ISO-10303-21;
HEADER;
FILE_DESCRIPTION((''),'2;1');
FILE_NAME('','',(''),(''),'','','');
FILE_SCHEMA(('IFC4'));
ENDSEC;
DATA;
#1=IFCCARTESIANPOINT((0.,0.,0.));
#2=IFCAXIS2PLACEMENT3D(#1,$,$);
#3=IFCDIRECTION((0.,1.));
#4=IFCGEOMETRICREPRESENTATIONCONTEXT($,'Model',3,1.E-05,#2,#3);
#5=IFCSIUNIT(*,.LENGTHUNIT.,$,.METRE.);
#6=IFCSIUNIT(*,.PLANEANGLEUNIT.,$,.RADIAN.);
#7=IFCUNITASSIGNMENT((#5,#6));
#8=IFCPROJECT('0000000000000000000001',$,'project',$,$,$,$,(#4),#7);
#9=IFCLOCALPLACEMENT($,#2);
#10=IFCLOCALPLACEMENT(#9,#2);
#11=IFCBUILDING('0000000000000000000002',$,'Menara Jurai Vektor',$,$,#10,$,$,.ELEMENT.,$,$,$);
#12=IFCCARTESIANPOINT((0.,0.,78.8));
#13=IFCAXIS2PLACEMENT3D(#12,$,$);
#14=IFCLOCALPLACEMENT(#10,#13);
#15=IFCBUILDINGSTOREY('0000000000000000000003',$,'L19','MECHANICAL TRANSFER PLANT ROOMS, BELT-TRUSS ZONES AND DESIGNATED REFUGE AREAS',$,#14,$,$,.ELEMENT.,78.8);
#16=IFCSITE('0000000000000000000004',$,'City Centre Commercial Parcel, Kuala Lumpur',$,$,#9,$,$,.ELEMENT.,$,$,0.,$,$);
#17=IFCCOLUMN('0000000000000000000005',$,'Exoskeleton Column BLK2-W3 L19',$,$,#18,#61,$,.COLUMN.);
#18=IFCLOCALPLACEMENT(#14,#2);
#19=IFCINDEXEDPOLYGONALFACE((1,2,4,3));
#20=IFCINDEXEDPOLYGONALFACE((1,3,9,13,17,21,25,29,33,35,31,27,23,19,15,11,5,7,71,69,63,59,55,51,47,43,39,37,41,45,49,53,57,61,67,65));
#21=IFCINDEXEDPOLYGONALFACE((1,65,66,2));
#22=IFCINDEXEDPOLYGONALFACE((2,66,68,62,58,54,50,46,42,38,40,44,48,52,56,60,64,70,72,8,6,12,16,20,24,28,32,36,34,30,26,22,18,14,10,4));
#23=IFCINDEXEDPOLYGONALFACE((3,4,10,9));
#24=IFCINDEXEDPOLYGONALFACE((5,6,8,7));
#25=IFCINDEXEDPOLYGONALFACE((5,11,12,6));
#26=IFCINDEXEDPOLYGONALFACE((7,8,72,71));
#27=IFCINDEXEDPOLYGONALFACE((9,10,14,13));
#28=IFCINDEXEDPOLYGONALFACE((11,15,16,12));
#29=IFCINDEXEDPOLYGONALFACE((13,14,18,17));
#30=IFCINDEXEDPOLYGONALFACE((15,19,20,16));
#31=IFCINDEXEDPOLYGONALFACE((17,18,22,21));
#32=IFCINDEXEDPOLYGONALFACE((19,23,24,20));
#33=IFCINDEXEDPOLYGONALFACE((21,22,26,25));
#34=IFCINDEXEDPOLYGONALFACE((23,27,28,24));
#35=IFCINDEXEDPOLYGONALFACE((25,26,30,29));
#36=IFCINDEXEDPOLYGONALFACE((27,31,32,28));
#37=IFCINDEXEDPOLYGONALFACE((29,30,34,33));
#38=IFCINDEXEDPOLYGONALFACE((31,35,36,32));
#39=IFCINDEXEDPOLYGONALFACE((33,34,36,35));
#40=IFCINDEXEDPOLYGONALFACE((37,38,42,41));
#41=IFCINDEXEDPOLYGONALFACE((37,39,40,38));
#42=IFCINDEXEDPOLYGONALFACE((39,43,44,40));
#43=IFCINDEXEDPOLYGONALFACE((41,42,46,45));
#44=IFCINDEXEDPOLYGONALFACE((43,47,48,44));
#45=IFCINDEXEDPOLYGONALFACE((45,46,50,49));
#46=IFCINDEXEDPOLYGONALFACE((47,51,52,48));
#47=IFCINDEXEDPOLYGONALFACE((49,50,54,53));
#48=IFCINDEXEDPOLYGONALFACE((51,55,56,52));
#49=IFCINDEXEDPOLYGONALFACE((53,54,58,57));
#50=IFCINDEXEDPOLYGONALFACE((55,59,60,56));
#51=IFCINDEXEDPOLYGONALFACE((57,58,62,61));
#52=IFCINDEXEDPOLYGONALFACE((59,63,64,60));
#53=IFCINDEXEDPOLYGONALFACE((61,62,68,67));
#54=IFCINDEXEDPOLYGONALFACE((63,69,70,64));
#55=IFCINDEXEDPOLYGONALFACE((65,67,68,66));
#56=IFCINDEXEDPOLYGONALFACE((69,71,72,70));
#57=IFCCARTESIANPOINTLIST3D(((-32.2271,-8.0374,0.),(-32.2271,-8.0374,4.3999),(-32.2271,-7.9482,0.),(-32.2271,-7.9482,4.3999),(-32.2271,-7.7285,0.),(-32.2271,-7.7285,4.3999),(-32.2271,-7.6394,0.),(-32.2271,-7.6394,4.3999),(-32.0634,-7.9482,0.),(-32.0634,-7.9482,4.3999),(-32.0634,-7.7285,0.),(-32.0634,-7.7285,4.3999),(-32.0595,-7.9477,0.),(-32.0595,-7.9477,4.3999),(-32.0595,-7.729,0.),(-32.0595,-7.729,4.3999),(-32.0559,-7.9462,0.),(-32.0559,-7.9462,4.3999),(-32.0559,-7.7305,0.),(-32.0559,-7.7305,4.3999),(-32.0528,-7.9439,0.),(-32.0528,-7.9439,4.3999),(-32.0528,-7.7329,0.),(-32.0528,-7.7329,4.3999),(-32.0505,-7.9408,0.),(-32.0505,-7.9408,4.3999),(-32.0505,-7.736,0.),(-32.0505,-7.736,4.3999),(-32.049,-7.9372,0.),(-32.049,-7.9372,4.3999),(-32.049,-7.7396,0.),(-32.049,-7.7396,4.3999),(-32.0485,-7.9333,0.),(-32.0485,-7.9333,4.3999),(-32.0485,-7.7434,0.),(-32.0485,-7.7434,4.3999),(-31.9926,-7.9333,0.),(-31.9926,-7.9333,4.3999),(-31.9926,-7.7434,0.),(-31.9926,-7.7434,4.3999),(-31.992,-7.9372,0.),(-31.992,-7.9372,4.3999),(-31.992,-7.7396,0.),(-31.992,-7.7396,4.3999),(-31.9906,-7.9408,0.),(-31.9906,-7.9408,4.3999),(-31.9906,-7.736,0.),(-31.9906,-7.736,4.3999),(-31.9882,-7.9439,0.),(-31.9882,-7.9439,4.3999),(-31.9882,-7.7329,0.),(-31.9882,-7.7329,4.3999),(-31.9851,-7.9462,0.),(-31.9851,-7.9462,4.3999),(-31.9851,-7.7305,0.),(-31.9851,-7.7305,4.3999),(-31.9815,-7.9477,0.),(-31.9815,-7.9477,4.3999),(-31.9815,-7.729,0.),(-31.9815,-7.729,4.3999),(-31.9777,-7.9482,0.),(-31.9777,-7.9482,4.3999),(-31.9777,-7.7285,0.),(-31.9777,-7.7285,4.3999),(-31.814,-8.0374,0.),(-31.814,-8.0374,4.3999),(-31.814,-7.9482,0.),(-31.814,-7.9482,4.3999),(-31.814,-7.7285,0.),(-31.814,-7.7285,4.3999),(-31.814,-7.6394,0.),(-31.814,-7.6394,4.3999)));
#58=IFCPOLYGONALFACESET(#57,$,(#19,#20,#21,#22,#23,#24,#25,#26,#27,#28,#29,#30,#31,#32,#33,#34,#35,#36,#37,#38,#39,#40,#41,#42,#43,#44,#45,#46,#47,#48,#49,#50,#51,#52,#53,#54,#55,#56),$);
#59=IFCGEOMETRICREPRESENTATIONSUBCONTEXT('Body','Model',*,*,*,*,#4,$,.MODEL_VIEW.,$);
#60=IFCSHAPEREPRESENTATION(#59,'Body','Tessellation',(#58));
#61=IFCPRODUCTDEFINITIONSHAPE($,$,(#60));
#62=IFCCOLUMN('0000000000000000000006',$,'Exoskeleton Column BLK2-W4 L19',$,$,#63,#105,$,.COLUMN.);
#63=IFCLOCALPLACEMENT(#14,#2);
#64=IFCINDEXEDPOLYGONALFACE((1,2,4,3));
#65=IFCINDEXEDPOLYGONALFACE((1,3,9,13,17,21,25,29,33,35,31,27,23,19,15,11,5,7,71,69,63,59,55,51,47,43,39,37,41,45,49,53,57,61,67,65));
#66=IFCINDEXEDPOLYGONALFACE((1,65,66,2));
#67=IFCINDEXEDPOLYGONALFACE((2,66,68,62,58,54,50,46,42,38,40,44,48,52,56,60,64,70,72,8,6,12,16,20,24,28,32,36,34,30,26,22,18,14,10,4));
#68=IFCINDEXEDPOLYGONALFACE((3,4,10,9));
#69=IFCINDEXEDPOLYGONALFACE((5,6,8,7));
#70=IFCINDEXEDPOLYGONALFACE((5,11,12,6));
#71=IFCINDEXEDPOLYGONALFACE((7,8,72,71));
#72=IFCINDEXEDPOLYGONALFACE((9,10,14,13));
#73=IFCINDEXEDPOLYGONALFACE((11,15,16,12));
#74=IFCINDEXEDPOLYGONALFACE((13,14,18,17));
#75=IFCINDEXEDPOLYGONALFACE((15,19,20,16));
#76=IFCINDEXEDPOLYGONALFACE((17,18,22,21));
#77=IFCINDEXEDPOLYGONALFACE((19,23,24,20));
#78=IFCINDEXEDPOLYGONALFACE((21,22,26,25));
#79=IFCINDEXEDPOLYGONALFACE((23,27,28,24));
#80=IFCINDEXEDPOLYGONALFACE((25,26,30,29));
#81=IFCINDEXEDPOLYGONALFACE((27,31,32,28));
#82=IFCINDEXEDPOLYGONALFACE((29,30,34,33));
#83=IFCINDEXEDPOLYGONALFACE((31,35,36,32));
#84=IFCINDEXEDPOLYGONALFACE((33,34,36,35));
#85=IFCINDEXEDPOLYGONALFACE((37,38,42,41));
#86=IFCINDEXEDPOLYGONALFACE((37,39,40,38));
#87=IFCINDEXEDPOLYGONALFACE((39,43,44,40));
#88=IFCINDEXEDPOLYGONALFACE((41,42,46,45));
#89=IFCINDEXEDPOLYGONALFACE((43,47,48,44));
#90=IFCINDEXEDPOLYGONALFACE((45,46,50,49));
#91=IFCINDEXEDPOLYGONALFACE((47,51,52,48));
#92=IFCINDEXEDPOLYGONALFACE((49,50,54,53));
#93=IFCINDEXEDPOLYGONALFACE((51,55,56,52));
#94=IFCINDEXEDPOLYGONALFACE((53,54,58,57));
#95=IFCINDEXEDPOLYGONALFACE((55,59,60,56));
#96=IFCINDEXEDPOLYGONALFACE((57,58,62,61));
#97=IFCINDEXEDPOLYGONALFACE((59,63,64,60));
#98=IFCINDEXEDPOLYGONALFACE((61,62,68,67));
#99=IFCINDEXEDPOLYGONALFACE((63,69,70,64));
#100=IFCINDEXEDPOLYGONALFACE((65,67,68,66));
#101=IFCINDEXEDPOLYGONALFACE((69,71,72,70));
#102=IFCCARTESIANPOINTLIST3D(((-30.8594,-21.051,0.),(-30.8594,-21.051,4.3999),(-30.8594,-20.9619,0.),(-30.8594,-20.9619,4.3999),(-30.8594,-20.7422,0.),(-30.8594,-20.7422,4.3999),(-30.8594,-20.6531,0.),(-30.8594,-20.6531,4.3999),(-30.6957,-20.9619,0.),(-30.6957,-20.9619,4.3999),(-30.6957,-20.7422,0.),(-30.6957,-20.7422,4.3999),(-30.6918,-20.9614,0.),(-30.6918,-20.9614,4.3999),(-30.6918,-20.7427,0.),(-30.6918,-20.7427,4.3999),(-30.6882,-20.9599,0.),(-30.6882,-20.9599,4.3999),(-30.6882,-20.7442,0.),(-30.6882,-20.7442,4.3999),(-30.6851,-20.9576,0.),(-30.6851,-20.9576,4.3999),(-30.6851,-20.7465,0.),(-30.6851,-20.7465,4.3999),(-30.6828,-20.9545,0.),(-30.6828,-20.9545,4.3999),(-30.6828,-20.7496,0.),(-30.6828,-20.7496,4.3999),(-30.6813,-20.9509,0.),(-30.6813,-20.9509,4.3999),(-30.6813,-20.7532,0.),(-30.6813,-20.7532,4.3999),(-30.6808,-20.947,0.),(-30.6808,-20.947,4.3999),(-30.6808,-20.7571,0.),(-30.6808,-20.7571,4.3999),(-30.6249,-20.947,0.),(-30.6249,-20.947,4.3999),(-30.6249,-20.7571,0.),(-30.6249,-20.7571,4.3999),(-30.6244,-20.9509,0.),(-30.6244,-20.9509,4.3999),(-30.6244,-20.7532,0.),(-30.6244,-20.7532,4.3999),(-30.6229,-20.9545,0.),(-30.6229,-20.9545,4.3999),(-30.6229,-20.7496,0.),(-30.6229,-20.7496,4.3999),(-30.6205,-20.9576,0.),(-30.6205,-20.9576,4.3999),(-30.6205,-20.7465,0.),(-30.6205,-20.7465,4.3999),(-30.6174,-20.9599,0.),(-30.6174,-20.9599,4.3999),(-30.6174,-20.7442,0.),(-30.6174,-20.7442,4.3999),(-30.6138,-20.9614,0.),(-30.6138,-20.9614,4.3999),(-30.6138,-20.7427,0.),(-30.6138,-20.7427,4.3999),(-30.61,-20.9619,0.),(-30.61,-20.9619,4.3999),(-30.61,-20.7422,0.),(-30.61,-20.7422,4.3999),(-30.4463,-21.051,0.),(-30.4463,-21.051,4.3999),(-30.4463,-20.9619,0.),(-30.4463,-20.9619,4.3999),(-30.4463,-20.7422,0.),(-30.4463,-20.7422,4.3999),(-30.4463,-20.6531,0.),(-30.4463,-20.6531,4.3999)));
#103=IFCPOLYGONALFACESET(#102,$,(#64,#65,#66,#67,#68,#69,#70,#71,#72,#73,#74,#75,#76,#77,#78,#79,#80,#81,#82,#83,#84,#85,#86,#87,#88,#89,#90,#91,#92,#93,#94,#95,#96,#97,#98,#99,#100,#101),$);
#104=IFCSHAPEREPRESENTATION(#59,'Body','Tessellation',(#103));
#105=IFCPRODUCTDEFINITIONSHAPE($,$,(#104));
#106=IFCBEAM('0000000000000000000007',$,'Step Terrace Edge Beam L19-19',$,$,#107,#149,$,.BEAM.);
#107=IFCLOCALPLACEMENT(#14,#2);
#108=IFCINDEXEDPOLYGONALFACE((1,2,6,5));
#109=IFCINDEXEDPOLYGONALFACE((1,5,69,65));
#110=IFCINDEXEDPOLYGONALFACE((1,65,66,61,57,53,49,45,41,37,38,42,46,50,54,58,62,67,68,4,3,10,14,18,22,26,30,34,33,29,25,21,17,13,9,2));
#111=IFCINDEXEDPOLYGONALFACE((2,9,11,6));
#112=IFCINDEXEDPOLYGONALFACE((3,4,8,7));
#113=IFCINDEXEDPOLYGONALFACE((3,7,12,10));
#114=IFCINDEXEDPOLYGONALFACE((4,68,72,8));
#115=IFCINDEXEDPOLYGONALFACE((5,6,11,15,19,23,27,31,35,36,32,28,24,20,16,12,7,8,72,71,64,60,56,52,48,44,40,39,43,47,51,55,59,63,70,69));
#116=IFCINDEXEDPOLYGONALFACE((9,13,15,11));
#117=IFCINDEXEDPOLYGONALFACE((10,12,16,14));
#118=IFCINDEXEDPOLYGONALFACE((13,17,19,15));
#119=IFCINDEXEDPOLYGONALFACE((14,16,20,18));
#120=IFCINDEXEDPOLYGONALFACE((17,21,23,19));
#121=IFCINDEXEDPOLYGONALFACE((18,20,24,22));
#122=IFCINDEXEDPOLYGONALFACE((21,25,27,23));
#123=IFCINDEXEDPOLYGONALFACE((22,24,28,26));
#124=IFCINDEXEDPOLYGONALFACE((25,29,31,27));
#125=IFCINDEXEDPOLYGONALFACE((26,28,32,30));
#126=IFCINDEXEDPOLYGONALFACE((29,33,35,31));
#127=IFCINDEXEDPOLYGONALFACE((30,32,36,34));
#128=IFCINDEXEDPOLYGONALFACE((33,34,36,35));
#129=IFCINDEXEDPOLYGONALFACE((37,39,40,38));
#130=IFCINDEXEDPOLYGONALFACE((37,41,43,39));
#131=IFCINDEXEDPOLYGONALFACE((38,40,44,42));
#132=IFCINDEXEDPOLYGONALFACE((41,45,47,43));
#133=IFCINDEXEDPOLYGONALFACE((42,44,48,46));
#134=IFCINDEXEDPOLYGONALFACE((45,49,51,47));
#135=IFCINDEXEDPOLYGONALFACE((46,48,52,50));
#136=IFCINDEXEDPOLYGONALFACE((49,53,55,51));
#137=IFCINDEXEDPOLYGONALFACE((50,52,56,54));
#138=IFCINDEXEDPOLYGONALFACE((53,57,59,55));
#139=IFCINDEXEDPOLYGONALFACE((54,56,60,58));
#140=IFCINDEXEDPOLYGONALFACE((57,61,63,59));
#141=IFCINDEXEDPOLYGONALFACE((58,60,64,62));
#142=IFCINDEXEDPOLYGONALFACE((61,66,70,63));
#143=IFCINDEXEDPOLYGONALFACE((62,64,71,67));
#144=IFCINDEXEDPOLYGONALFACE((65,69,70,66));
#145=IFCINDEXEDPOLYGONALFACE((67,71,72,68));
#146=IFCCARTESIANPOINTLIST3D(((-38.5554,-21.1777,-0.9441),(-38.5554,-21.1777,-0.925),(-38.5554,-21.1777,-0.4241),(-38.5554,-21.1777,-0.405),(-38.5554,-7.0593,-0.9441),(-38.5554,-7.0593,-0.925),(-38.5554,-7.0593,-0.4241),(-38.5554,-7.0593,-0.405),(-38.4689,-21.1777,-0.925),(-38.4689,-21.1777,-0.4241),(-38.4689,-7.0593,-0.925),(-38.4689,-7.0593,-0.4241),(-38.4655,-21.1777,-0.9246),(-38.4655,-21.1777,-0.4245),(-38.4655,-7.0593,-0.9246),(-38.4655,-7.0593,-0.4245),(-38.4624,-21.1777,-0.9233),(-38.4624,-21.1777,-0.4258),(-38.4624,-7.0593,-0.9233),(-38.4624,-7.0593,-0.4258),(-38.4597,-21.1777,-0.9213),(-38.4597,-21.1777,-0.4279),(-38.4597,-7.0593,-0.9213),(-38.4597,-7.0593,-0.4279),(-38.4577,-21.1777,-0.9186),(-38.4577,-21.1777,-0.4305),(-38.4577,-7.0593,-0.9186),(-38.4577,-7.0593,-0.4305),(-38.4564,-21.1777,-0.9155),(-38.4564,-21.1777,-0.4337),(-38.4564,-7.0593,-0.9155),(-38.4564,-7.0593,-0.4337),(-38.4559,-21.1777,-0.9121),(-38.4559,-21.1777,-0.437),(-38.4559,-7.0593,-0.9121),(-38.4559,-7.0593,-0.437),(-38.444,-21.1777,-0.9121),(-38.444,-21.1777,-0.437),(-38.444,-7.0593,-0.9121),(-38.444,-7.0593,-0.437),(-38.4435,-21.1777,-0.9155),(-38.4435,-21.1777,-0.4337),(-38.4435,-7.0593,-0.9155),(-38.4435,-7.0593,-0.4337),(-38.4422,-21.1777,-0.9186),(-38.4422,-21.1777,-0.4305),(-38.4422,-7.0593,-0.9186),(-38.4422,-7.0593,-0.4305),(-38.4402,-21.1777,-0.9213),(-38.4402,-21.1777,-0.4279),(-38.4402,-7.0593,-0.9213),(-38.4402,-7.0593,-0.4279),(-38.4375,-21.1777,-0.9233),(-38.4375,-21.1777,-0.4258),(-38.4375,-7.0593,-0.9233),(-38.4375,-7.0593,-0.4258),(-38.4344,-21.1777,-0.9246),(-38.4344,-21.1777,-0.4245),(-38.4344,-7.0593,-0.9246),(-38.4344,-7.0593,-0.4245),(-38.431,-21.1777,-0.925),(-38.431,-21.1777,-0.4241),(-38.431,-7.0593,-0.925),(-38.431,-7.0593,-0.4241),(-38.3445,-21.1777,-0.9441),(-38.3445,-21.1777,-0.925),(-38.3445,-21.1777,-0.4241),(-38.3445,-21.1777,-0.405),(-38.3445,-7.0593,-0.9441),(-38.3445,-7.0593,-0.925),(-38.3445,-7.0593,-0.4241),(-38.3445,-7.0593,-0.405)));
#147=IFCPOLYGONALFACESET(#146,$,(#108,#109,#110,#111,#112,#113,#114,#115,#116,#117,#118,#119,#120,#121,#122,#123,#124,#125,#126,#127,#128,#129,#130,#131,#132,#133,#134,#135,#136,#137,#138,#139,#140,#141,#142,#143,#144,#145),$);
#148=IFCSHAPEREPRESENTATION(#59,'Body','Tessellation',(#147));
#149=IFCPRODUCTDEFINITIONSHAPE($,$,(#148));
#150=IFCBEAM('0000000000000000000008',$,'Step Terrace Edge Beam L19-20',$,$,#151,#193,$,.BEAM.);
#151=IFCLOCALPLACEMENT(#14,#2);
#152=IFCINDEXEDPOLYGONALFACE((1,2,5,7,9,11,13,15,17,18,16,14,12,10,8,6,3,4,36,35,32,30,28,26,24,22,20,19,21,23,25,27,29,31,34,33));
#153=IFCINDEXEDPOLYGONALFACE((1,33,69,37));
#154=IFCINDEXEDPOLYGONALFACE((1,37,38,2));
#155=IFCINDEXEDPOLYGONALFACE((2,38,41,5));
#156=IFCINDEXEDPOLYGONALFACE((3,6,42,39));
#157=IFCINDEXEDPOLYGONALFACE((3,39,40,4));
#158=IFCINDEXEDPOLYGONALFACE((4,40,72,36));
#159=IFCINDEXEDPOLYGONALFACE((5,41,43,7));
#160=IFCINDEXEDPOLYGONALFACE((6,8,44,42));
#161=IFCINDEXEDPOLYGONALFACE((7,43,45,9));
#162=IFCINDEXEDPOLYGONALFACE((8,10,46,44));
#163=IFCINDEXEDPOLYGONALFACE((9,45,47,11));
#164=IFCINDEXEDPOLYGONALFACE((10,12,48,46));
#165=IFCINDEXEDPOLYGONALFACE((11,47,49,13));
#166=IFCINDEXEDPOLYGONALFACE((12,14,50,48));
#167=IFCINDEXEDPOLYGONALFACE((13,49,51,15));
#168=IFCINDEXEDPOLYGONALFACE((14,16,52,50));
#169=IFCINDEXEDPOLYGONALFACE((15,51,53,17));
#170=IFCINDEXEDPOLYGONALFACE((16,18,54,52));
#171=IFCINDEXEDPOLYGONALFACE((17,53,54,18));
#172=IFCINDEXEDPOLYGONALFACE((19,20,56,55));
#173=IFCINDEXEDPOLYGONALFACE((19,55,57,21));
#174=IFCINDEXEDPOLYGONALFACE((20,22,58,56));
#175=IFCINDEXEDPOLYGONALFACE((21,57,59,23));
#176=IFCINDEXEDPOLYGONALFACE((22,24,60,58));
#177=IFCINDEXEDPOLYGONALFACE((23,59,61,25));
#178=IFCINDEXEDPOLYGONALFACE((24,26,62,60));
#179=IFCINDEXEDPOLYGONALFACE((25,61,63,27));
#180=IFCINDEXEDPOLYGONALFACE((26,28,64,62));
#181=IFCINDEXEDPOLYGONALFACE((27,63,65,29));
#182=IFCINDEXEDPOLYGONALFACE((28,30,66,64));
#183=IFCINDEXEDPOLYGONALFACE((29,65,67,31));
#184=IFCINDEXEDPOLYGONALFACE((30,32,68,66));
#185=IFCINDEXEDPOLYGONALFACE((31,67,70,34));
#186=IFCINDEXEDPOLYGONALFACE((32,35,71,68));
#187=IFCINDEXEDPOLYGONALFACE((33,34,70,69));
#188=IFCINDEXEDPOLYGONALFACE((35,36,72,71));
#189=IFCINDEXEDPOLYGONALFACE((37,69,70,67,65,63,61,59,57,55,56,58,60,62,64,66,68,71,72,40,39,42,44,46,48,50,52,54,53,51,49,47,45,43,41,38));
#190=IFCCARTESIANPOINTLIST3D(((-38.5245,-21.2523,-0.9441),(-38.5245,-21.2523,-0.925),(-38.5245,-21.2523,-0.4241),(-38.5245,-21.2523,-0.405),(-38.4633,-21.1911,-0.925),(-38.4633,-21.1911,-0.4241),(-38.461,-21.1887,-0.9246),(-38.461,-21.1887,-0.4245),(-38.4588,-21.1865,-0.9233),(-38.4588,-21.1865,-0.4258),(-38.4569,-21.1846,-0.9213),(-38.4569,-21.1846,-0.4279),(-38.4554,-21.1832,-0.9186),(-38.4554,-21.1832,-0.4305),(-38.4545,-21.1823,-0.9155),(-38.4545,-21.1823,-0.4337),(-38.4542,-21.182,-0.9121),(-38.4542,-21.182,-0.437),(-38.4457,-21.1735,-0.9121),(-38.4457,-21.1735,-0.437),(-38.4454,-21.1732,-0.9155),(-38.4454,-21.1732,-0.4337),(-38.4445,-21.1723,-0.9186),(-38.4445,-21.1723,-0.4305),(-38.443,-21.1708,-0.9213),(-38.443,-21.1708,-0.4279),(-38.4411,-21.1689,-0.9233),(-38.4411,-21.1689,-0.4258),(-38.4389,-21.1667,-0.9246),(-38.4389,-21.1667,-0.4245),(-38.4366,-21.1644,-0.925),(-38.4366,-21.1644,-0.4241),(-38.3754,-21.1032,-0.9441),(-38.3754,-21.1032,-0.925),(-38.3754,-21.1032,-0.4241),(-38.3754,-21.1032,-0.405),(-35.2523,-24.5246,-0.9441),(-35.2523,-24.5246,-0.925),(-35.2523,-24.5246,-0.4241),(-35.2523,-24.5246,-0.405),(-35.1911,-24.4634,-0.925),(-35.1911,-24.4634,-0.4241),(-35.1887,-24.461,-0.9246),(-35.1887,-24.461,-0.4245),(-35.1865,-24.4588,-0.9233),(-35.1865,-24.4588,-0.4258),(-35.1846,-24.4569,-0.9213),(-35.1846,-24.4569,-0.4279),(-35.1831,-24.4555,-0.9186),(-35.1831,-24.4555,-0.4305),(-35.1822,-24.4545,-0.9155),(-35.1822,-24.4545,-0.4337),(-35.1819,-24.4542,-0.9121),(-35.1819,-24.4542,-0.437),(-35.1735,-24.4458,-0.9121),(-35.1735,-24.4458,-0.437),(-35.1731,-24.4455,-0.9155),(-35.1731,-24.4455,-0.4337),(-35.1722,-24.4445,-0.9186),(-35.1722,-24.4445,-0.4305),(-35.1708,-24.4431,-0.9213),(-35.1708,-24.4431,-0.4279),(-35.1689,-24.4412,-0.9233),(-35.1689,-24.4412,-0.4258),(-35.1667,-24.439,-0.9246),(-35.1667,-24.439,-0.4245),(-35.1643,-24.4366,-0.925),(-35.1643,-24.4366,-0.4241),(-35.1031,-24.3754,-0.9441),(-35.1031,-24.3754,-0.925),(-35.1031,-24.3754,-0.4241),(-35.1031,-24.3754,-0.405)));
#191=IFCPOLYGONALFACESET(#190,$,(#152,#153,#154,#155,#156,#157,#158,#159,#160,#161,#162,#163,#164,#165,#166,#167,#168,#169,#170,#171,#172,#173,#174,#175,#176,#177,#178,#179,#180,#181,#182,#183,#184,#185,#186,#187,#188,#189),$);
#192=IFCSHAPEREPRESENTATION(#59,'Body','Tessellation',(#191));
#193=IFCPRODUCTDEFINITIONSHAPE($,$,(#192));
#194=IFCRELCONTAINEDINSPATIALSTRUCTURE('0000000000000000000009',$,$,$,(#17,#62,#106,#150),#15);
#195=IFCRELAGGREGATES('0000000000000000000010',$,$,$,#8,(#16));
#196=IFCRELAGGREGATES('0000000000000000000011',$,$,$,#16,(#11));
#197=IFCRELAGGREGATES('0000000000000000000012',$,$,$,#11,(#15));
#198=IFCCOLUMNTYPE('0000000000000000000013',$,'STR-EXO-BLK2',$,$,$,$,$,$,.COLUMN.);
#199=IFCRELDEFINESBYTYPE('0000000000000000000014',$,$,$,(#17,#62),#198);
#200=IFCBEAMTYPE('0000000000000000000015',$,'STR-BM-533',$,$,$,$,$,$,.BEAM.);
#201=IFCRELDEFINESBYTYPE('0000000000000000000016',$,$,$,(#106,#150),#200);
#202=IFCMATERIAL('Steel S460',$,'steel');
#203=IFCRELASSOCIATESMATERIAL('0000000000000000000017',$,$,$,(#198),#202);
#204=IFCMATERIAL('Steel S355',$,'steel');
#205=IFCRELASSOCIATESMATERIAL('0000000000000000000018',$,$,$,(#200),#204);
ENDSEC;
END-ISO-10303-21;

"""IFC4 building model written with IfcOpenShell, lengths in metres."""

from ifc_helpers import new_model, si_unit, direction, frame, origin, origin_2d, place, context, subcontext, project, spatial, i_section, extrude, material, material_profile, profile_set, type_object, element, save


model = new_model("IFC4")

# Units and contexts
model_context = context("Model", 3, precision=1e-05, world=origin(), true_north=direction((0.0, 1.0)))
body_context = subcontext(model_context, "Body", "Model", "MODEL_VIEW")
ifc_project = project(units=[si_unit("LENGTHUNIT", "METRE"), si_unit("PLANEANGLEUNIT", "RADIAN")], contexts=[model_context])

# Site, building, storey
site_placement = place(None, origin())
site = spatial("IfcSite", under=ifc_project, at=site_placement, Name="City Centre Commercial Parcel, Kuala Lumpur", CompositionType="ELEMENT", RefElevation=0.0)
building_placement = place(site_placement, origin())
building = spatial("IfcBuilding", under=site, at=building_placement, Name="Menara Jurai Vektor", CompositionType="ELEMENT")
storey_placement = place(building_placement, frame((0.0, 0.0, 78.8)))
storey = spatial("IfcBuildingStorey", under=building, at=storey_placement, Name="L19", Description="MECHANICAL TRANSFER PLANT ROOMS, BELT-TRUSS ZONES AND DESIGNATED REFUGE AREAS", CompositionType="ELEMENT", Elevation=78.8)

# Columns
ifc_material_1 = material(Name="Steel S460", Category="steel")
ifc_material_profile_1 = material_profile(ifc_material_1, i_section(OverallWidth=0.4131, OverallDepth=0.3979, WebThickness=0.0559, FlangeThickness=0.0891, FilletRadius=0.0149, at=origin_2d()), Name="HD 400x744")
ifc_profile_set_1 = profile_set([ifc_material_profile_1], Name="Steel S460")
column_type = type_object("IfcColumnType", Name="STR-EXO-BLK2", PredefinedType="COLUMN", material=ifc_profile_set_1)
for number, where, z_axis, x_axis, name in (
    (1, (-32.0205, -7.8384, 0.0), (0.0, 0.0, 1.0), (1.0, 0.0, 0.0), "Exoskeleton Column BLK2-W3 L19"),
    (2, (-30.6528, -20.8521, 0.0), (0.0, 0.0, 1.0), (1.0, 0.0, 0.0), "Exoskeleton Column BLK2-W4 L19"),
):
    element("IfcColumn", number, at=place(storey_placement, frame(where, z_axis=z_axis, x_axis=x_axis)), inside=storey, type_object=column_type, Name=name, PredefinedType="COLUMN", context=body_context, shape_type="SweptSolid", body=[
        extrude(i_section(OverallWidth=0.4131, OverallDepth=0.3979, WebThickness=0.0559, FlangeThickness=0.0891, FilletRadius=0.0149, at=origin_2d()), origin(), (0.0, 0.0, 1.0), 4.3999),
    ])

# Beams
ifc_material_2 = material(Name="Steel S355", Category="steel")
ifc_material_profile_2 = material_profile(ifc_material_2, i_section(OverallWidth=0.2109, OverallDepth=0.5391, WebThickness=0.012, FlangeThickness=0.019, FilletRadius=0.0129, at=origin_2d()), Name="UKB 533x210x109")
ifc_profile_set_2 = profile_set([ifc_material_profile_2], Name="Steel S355")
beam_type_1 = type_object("IfcBeamType", Name="STR-BM-533", PredefinedType="BEAM", material=ifc_profile_set_2)
beam_1_placement = place(storey_placement, frame((-38.45, -7.0593, -0.6746), z_axis=(0.0, -1.0, 0.0), x_axis=(1.0, 0.0, 0.0)))
element("IfcBeam", 3, at=beam_1_placement, inside=storey, type_object=beam_type_1, Name="Step Terrace Edge Beam L19-19", PredefinedType="BEAM", context=body_context, shape_type="SweptSolid", body=[
    extrude(i_section(OverallWidth=0.2109, OverallDepth=0.5391, WebThickness=0.012, FlangeThickness=0.019, FilletRadius=0.0129, at=origin_2d()), origin(), (0.0, 0.0, 1.0), 14.1184),
])
beam_2_placement = place(storey_placement, frame((-38.45, -21.1777, -0.6746), z_axis=(0.707107, -0.707107, 0.0), x_axis=(0.707107, 0.707107, 0.0)))
element("IfcBeam", 4, at=beam_2_placement, inside=storey, type_object=beam_type_1, Name="Step Terrace Edge Beam L19-20", PredefinedType="BEAM", context=body_context, shape_type="SweptSolid", body=[
    extrude(i_section(OverallWidth=0.2109, OverallDepth=0.5391, WebThickness=0.012, FlangeThickness=0.019, FilletRadius=0.0129, at=origin_2d()), origin(), (0.0, 0.0, 1.0), 4.6277),
])

save(model, "model.ifc")
